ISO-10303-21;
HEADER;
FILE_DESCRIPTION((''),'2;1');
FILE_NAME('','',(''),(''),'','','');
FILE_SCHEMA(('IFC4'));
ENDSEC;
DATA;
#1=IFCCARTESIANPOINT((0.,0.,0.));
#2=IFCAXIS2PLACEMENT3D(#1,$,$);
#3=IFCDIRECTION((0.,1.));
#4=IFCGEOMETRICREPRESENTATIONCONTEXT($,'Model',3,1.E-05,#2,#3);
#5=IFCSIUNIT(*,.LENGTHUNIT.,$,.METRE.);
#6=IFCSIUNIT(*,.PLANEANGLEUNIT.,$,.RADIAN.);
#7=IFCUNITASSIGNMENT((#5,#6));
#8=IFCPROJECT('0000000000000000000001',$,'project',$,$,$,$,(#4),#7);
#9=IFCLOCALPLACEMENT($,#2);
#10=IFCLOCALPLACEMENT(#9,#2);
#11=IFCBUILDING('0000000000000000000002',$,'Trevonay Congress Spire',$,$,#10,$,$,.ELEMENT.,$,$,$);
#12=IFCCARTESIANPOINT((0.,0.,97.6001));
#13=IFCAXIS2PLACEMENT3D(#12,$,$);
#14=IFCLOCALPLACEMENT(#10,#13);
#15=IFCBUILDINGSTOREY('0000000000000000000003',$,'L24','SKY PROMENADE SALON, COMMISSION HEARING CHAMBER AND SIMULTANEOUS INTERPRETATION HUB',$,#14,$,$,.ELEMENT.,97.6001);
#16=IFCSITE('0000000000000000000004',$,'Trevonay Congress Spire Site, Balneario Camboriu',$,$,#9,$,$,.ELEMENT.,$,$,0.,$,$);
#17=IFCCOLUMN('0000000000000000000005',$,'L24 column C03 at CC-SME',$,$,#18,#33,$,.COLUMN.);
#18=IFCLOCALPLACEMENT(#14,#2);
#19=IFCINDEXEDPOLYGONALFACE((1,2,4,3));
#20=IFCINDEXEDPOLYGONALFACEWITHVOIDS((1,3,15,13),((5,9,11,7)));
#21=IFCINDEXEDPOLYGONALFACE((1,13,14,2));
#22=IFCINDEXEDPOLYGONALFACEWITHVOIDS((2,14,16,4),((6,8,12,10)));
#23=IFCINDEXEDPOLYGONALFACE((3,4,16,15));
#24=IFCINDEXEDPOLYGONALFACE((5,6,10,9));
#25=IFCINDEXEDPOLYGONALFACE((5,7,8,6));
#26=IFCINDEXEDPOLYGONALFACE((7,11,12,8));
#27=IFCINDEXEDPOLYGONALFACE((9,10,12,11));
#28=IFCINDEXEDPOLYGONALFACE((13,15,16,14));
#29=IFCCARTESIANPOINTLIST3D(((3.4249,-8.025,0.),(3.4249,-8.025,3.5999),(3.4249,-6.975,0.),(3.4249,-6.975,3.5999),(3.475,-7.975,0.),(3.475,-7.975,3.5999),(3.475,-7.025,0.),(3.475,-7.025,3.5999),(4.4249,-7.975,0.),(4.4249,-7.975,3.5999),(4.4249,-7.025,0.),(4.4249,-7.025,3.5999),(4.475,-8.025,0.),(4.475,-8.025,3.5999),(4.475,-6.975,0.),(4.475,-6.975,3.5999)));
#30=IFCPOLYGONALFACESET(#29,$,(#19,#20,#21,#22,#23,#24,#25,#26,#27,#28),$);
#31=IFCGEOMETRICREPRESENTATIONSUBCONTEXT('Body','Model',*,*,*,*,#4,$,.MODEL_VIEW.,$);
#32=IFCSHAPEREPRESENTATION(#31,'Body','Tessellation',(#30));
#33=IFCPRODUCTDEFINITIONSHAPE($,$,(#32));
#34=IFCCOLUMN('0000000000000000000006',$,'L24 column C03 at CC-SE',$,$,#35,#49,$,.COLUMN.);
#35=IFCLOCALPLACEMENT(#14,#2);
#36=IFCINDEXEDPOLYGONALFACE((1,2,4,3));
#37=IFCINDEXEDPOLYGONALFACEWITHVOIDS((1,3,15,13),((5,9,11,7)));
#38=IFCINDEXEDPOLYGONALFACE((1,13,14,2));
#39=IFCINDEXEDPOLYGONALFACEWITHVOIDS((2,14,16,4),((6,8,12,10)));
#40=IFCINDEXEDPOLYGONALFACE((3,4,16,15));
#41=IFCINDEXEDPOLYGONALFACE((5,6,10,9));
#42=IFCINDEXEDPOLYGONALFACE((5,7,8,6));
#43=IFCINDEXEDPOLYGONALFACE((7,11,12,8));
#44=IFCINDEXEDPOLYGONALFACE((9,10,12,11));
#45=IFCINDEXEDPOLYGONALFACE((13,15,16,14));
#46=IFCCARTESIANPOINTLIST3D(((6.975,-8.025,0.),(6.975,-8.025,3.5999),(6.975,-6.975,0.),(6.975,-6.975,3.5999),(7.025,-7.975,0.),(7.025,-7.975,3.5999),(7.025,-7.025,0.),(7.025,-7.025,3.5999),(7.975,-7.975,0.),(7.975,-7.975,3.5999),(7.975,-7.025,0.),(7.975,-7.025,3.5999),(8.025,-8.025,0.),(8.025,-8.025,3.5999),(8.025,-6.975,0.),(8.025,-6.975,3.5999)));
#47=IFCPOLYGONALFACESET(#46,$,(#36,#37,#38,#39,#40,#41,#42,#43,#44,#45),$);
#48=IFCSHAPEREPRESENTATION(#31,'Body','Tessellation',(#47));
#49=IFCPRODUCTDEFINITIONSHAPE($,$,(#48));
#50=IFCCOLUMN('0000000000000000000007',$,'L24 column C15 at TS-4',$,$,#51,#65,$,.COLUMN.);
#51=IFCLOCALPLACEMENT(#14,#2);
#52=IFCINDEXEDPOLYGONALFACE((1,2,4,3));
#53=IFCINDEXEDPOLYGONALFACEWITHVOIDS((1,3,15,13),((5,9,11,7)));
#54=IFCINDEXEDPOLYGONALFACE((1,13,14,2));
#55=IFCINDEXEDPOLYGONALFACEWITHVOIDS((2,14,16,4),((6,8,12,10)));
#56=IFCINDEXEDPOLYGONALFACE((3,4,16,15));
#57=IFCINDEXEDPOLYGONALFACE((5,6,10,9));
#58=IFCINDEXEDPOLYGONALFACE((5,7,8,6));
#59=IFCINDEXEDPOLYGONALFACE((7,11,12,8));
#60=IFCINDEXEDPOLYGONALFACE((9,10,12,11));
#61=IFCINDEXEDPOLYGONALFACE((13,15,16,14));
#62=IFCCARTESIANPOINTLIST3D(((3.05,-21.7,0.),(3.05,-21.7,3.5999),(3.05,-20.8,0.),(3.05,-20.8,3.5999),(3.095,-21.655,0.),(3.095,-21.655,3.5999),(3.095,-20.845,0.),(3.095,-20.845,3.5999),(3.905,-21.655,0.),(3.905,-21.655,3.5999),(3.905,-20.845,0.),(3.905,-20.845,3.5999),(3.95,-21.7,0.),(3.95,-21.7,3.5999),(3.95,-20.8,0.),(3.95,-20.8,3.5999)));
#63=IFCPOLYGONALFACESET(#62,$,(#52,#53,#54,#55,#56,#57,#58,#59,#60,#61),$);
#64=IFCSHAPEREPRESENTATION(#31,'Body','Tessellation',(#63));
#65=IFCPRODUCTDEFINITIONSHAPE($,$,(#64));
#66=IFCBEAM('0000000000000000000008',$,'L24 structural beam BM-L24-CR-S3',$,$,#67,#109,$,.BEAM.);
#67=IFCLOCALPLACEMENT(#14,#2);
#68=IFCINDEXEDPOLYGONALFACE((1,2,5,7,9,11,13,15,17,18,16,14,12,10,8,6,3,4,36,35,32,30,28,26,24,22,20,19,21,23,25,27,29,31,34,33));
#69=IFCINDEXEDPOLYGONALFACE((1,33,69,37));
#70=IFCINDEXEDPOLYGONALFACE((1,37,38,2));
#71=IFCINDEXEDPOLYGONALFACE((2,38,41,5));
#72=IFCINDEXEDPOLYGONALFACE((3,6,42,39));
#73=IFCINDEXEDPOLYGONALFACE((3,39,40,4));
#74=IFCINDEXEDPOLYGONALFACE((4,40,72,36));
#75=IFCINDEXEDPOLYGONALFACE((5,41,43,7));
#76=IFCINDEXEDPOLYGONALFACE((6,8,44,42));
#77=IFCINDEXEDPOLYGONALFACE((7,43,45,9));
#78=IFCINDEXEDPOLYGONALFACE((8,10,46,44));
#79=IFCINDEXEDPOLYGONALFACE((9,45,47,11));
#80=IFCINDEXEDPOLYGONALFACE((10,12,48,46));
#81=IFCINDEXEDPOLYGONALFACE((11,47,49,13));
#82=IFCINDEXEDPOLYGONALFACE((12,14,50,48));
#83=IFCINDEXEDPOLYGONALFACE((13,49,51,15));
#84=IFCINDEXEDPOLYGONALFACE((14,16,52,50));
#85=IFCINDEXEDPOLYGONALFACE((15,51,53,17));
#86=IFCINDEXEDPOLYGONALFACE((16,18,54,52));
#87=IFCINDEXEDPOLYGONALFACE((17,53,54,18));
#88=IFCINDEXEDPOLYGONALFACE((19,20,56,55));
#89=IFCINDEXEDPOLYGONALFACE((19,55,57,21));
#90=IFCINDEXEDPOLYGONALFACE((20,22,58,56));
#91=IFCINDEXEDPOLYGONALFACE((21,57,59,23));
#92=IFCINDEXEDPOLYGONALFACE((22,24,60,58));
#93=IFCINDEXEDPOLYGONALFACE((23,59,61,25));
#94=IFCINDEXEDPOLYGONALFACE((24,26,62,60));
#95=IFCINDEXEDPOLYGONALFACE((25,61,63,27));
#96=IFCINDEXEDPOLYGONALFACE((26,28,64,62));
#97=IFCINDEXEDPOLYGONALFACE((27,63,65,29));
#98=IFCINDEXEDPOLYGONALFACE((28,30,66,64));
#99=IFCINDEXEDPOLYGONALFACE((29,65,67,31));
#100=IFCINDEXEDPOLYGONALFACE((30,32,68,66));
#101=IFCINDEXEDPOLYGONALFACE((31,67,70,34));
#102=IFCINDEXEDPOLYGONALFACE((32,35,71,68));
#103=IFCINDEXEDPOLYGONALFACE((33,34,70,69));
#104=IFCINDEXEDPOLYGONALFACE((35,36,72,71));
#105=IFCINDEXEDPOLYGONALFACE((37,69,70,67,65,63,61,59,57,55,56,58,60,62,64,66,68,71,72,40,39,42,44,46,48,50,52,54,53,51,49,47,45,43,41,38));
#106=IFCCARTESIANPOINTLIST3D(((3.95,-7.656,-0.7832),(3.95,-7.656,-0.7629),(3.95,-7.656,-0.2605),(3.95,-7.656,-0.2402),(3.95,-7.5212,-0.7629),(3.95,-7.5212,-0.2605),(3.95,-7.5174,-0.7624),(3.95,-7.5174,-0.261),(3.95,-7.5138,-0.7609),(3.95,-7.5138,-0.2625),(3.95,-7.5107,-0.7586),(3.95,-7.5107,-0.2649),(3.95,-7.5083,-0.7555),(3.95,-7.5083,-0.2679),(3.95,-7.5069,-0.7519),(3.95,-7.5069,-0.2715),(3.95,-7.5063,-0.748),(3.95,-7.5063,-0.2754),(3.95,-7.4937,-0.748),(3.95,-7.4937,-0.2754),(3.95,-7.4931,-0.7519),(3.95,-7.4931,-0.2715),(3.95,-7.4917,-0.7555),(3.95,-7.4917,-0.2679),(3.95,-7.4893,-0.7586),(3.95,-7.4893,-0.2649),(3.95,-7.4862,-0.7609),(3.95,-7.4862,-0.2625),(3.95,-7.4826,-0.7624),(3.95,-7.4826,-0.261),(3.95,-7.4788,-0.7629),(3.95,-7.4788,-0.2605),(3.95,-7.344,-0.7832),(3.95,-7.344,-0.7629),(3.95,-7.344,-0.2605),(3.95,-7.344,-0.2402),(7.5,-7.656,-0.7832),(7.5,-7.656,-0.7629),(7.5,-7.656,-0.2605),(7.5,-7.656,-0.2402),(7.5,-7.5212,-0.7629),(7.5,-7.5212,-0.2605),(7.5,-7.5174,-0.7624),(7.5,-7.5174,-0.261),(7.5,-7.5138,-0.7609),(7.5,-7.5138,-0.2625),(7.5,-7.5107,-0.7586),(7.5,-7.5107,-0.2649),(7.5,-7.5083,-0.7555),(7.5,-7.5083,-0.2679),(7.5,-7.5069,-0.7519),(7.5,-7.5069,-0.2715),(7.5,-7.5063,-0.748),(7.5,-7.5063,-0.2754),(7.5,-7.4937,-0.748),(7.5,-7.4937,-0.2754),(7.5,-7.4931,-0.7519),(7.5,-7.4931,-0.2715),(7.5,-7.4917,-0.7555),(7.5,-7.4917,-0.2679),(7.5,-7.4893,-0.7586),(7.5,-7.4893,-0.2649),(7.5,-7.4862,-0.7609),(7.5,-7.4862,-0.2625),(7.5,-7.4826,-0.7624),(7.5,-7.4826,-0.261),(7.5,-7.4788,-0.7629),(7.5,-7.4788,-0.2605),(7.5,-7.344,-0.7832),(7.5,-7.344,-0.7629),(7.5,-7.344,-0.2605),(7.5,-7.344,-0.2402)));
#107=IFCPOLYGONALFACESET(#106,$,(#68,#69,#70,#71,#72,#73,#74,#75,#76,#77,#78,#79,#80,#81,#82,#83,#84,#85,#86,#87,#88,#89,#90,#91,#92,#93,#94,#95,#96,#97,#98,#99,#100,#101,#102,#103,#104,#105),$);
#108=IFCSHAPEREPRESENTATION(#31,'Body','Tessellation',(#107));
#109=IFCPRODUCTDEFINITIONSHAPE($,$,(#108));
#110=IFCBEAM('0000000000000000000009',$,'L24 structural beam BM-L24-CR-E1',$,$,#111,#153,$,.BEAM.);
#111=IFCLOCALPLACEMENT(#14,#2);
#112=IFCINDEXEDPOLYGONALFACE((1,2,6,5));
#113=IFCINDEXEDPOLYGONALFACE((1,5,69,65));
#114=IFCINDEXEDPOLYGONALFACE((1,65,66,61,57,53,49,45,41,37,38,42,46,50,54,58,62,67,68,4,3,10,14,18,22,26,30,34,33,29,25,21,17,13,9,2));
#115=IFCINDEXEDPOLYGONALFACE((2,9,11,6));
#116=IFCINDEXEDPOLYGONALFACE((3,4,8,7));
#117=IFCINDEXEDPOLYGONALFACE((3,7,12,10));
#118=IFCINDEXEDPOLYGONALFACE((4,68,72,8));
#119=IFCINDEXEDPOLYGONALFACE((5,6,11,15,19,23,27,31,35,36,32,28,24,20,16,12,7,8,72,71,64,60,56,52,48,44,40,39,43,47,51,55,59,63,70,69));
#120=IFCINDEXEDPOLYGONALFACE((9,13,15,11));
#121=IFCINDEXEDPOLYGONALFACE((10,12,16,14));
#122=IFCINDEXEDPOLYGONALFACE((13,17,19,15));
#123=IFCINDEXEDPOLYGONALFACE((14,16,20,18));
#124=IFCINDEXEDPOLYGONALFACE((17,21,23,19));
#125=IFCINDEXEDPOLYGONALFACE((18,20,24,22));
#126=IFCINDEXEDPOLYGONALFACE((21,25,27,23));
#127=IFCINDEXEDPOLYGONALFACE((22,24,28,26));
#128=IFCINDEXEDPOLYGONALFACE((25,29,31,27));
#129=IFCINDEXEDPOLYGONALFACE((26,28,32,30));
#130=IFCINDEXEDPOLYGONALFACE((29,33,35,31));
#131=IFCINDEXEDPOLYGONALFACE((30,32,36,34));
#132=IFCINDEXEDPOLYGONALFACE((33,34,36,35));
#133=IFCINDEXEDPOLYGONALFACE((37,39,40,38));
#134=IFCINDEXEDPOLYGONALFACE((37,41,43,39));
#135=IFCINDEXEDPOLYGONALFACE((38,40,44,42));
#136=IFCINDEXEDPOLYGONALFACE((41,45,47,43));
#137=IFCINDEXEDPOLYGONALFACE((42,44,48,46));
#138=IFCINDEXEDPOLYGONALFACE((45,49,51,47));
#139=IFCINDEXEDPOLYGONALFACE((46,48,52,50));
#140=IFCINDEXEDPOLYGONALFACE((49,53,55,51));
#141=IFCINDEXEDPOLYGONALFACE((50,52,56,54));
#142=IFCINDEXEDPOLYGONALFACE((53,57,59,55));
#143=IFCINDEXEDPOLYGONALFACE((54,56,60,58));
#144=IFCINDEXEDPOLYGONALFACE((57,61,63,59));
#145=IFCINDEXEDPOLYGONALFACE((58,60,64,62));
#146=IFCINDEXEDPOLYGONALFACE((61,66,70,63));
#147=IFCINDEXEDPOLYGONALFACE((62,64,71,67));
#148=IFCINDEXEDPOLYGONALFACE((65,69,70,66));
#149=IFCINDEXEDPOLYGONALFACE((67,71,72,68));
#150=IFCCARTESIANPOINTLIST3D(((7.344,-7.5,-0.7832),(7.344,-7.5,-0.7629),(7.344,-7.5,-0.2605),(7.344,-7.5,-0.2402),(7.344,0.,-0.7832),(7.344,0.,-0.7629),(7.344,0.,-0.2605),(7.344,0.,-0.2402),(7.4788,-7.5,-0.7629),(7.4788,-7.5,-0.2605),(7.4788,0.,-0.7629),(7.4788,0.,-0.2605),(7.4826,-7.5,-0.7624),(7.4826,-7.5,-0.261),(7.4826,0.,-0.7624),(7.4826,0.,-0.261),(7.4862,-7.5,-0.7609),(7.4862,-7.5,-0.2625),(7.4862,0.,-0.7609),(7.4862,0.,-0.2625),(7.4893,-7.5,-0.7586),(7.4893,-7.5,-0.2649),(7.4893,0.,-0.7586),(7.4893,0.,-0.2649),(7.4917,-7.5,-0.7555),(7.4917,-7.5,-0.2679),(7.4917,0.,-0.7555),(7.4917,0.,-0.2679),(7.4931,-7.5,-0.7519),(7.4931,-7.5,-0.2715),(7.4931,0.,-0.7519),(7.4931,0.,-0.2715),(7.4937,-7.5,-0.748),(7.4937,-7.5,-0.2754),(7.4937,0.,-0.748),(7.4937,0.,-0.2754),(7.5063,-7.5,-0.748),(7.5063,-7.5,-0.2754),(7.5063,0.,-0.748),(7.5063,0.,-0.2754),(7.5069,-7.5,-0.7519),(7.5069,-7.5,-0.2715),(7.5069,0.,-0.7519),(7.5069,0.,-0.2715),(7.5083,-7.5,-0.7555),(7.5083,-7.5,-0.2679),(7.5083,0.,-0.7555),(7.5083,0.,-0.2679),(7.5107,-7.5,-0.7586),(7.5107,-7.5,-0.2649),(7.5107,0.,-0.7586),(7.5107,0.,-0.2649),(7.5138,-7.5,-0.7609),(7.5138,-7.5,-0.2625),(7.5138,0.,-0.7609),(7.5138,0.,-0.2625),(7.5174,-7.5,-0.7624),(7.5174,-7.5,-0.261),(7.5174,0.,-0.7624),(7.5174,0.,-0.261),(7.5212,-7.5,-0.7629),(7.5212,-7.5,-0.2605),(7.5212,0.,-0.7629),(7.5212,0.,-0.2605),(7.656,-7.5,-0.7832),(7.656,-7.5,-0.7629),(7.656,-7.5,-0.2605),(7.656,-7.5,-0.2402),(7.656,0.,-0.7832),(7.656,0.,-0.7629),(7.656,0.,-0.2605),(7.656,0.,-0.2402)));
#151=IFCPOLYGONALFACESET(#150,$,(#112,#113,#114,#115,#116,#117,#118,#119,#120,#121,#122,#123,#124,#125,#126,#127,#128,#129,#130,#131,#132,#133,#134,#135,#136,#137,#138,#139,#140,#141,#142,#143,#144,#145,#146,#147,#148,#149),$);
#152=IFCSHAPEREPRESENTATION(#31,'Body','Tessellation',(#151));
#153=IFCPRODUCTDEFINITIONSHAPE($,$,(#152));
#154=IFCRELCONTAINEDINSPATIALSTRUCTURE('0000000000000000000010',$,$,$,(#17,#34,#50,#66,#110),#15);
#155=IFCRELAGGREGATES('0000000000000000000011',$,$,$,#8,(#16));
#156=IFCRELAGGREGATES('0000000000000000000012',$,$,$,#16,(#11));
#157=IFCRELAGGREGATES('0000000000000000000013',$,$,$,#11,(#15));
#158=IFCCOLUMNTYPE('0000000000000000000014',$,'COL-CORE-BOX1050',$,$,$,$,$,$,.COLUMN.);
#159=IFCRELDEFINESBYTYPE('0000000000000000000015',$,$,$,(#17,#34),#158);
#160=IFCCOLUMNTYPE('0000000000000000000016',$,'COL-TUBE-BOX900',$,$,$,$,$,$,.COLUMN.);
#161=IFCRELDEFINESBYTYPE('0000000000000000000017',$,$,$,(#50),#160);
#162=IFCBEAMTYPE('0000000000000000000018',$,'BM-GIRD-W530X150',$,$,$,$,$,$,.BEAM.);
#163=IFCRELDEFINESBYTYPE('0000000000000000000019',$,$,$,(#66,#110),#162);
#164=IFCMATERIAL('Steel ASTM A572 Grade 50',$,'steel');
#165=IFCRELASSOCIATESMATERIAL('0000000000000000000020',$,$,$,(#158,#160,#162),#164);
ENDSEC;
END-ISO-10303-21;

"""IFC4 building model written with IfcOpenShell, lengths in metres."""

from ifc_helpers import new_model, si_unit, direction, frame, origin, origin_2d, place, context, subcontext, project, spatial, hollow_rectangle, i_section, extrude, material, material_profile, profile_set, type_object, element, save


model = new_model("IFC4")

# Units and contexts
model_context = context("Model", 3, precision=1e-05, world=origin(), true_north=direction((0.0, 1.0)))
body_context = subcontext(model_context, "Body", "Model", "MODEL_VIEW")
ifc_project = project(units=[si_unit("LENGTHUNIT", "METRE"), si_unit("PLANEANGLEUNIT", "RADIAN")], contexts=[model_context])

# Site, building, storey
site_placement = place(None, origin())
site = spatial("IfcSite", under=ifc_project, at=site_placement, Name="Trevonay Congress Spire Site, Balneario Camboriu", CompositionType="ELEMENT", RefElevation=0.0)
building_placement = place(site_placement, origin())
building = spatial("IfcBuilding", under=site, at=building_placement, Name="Trevonay Congress Spire", CompositionType="ELEMENT")
storey_placement = place(building_placement, frame((0.0, 0.0, 97.6001)))
storey = spatial("IfcBuildingStorey", under=building, at=storey_placement, Name="L24", Description="SKY PROMENADE SALON, COMMISSION HEARING CHAMBER AND SIMULTANEOUS INTERPRETATION HUB", CompositionType="ELEMENT", Elevation=97.6001)

# Columns
ifc_material_1 = material(Name="Steel ASTM A572 Grade 50", Category="steel")
ifc_material_profile_1 = material_profile(ifc_material_1, hollow_rectangle(XDim=1.05, YDim=1.05, WallThickness=0.05, at=origin_2d()), Name="BOX 1050x1050x50")
ifc_profile_set_1 = profile_set([ifc_material_profile_1], Name="Steel ASTM A572 Grade 50")
column_type_1 = type_object("IfcColumnType", Name="COL-CORE-BOX1050", PredefinedType="COLUMN", material=ifc_profile_set_1)
for number, where, z_axis, x_axis, name in (
    (1, (3.95, -7.5, 0.0), (0.0, 0.0, 1.0), (1.0, 0.0, 0.0), "L24 column C03 at CC-SME"),
    (2, (7.5, -7.5, 0.0), (0.0, 0.0, 1.0), (1.0, 0.0, 0.0), "L24 column C03 at CC-SE"),
):
    element("IfcColumn", number, at=place(storey_placement, frame(where, z_axis=z_axis, x_axis=x_axis)), inside=storey, type_object=column_type_1, Name=name, PredefinedType="COLUMN", context=body_context, shape_type="SweptSolid", body=[
        extrude(hollow_rectangle(XDim=1.05, YDim=1.05, WallThickness=0.05, at=origin_2d()), origin(), (0.0, 0.0, 1.0), 3.5999),
    ])
ifc_material_profile_2 = material_profile(ifc_material_1, hollow_rectangle(XDim=0.8999, YDim=0.8999, WallThickness=0.0449, at=origin_2d()), Name="BOX 900x900x45")
ifc_profile_set_2 = profile_set([ifc_material_profile_2], Name="Steel ASTM A572 Grade 50")
column_type_2 = type_object("IfcColumnType", Name="COL-TUBE-BOX900", PredefinedType="COLUMN", material=ifc_profile_set_2)
column_placement = place(storey_placement, frame((3.5, -21.25, 0.0), z_axis=(0.0, 0.0, 1.0), x_axis=(1.0, 0.0, 0.0)))
element("IfcColumn", 3, at=column_placement, inside=storey, type_object=column_type_2, Name="L24 column C15 at TS-4", PredefinedType="COLUMN", context=body_context, shape_type="SweptSolid", body=[
    extrude(hollow_rectangle(XDim=0.8999, YDim=0.8999, WallThickness=0.0449, at=origin_2d()), origin(), (0.0, 0.0, 1.0), 3.5999),
])

# Beams
ifc_material_profile_3 = material_profile(ifc_material_1, i_section(OverallWidth=0.312, OverallDepth=0.543, WebThickness=0.0127, FlangeThickness=0.0203, FilletRadius=0.0149, at=origin_2d()), Name="W530x150")
ifc_profile_set_3 = profile_set([ifc_material_profile_3], Name="Steel ASTM A572 Grade 50")
beam_type_1 = type_object("IfcBeamType", Name="BM-GIRD-W530X150", PredefinedType="BEAM", material=ifc_profile_set_3)
beam_1_placement = place(storey_placement, frame((3.95, -7.5, -0.5117), z_axis=(1.0, 0.0, 0.0), x_axis=(0.0, 1.0, 0.0)))
element("IfcBeam", 4, at=beam_1_placement, inside=storey, type_object=beam_type_1, Name="L24 structural beam BM-L24-CR-S3", PredefinedType="BEAM", context=body_context, shape_type="SweptSolid", body=[
    extrude(i_section(OverallWidth=0.312, OverallDepth=0.543, WebThickness=0.0127, FlangeThickness=0.0203, FilletRadius=0.0149, at=origin_2d()), origin(), (0.0, 0.0, 1.0), 3.55),
])
beam_2_placement = place(storey_placement, frame((7.5, -7.5, -0.5117), z_axis=(0.0, 1.0, 0.0), x_axis=(-1.0, 0.0, 0.0)))
element("IfcBeam", 5, at=beam_2_placement, inside=storey, type_object=beam_type_1, Name="L24 structural beam BM-L24-CR-E1", PredefinedType="BEAM", context=body_context, shape_type="SweptSolid", body=[
    extrude(i_section(OverallWidth=0.312, OverallDepth=0.543, WebThickness=0.0127, FlangeThickness=0.0203, FilletRadius=0.0149, at=origin_2d()), origin(), (0.0, 0.0, 1.0), 7.5),
])

save(model, "model.ifc")
